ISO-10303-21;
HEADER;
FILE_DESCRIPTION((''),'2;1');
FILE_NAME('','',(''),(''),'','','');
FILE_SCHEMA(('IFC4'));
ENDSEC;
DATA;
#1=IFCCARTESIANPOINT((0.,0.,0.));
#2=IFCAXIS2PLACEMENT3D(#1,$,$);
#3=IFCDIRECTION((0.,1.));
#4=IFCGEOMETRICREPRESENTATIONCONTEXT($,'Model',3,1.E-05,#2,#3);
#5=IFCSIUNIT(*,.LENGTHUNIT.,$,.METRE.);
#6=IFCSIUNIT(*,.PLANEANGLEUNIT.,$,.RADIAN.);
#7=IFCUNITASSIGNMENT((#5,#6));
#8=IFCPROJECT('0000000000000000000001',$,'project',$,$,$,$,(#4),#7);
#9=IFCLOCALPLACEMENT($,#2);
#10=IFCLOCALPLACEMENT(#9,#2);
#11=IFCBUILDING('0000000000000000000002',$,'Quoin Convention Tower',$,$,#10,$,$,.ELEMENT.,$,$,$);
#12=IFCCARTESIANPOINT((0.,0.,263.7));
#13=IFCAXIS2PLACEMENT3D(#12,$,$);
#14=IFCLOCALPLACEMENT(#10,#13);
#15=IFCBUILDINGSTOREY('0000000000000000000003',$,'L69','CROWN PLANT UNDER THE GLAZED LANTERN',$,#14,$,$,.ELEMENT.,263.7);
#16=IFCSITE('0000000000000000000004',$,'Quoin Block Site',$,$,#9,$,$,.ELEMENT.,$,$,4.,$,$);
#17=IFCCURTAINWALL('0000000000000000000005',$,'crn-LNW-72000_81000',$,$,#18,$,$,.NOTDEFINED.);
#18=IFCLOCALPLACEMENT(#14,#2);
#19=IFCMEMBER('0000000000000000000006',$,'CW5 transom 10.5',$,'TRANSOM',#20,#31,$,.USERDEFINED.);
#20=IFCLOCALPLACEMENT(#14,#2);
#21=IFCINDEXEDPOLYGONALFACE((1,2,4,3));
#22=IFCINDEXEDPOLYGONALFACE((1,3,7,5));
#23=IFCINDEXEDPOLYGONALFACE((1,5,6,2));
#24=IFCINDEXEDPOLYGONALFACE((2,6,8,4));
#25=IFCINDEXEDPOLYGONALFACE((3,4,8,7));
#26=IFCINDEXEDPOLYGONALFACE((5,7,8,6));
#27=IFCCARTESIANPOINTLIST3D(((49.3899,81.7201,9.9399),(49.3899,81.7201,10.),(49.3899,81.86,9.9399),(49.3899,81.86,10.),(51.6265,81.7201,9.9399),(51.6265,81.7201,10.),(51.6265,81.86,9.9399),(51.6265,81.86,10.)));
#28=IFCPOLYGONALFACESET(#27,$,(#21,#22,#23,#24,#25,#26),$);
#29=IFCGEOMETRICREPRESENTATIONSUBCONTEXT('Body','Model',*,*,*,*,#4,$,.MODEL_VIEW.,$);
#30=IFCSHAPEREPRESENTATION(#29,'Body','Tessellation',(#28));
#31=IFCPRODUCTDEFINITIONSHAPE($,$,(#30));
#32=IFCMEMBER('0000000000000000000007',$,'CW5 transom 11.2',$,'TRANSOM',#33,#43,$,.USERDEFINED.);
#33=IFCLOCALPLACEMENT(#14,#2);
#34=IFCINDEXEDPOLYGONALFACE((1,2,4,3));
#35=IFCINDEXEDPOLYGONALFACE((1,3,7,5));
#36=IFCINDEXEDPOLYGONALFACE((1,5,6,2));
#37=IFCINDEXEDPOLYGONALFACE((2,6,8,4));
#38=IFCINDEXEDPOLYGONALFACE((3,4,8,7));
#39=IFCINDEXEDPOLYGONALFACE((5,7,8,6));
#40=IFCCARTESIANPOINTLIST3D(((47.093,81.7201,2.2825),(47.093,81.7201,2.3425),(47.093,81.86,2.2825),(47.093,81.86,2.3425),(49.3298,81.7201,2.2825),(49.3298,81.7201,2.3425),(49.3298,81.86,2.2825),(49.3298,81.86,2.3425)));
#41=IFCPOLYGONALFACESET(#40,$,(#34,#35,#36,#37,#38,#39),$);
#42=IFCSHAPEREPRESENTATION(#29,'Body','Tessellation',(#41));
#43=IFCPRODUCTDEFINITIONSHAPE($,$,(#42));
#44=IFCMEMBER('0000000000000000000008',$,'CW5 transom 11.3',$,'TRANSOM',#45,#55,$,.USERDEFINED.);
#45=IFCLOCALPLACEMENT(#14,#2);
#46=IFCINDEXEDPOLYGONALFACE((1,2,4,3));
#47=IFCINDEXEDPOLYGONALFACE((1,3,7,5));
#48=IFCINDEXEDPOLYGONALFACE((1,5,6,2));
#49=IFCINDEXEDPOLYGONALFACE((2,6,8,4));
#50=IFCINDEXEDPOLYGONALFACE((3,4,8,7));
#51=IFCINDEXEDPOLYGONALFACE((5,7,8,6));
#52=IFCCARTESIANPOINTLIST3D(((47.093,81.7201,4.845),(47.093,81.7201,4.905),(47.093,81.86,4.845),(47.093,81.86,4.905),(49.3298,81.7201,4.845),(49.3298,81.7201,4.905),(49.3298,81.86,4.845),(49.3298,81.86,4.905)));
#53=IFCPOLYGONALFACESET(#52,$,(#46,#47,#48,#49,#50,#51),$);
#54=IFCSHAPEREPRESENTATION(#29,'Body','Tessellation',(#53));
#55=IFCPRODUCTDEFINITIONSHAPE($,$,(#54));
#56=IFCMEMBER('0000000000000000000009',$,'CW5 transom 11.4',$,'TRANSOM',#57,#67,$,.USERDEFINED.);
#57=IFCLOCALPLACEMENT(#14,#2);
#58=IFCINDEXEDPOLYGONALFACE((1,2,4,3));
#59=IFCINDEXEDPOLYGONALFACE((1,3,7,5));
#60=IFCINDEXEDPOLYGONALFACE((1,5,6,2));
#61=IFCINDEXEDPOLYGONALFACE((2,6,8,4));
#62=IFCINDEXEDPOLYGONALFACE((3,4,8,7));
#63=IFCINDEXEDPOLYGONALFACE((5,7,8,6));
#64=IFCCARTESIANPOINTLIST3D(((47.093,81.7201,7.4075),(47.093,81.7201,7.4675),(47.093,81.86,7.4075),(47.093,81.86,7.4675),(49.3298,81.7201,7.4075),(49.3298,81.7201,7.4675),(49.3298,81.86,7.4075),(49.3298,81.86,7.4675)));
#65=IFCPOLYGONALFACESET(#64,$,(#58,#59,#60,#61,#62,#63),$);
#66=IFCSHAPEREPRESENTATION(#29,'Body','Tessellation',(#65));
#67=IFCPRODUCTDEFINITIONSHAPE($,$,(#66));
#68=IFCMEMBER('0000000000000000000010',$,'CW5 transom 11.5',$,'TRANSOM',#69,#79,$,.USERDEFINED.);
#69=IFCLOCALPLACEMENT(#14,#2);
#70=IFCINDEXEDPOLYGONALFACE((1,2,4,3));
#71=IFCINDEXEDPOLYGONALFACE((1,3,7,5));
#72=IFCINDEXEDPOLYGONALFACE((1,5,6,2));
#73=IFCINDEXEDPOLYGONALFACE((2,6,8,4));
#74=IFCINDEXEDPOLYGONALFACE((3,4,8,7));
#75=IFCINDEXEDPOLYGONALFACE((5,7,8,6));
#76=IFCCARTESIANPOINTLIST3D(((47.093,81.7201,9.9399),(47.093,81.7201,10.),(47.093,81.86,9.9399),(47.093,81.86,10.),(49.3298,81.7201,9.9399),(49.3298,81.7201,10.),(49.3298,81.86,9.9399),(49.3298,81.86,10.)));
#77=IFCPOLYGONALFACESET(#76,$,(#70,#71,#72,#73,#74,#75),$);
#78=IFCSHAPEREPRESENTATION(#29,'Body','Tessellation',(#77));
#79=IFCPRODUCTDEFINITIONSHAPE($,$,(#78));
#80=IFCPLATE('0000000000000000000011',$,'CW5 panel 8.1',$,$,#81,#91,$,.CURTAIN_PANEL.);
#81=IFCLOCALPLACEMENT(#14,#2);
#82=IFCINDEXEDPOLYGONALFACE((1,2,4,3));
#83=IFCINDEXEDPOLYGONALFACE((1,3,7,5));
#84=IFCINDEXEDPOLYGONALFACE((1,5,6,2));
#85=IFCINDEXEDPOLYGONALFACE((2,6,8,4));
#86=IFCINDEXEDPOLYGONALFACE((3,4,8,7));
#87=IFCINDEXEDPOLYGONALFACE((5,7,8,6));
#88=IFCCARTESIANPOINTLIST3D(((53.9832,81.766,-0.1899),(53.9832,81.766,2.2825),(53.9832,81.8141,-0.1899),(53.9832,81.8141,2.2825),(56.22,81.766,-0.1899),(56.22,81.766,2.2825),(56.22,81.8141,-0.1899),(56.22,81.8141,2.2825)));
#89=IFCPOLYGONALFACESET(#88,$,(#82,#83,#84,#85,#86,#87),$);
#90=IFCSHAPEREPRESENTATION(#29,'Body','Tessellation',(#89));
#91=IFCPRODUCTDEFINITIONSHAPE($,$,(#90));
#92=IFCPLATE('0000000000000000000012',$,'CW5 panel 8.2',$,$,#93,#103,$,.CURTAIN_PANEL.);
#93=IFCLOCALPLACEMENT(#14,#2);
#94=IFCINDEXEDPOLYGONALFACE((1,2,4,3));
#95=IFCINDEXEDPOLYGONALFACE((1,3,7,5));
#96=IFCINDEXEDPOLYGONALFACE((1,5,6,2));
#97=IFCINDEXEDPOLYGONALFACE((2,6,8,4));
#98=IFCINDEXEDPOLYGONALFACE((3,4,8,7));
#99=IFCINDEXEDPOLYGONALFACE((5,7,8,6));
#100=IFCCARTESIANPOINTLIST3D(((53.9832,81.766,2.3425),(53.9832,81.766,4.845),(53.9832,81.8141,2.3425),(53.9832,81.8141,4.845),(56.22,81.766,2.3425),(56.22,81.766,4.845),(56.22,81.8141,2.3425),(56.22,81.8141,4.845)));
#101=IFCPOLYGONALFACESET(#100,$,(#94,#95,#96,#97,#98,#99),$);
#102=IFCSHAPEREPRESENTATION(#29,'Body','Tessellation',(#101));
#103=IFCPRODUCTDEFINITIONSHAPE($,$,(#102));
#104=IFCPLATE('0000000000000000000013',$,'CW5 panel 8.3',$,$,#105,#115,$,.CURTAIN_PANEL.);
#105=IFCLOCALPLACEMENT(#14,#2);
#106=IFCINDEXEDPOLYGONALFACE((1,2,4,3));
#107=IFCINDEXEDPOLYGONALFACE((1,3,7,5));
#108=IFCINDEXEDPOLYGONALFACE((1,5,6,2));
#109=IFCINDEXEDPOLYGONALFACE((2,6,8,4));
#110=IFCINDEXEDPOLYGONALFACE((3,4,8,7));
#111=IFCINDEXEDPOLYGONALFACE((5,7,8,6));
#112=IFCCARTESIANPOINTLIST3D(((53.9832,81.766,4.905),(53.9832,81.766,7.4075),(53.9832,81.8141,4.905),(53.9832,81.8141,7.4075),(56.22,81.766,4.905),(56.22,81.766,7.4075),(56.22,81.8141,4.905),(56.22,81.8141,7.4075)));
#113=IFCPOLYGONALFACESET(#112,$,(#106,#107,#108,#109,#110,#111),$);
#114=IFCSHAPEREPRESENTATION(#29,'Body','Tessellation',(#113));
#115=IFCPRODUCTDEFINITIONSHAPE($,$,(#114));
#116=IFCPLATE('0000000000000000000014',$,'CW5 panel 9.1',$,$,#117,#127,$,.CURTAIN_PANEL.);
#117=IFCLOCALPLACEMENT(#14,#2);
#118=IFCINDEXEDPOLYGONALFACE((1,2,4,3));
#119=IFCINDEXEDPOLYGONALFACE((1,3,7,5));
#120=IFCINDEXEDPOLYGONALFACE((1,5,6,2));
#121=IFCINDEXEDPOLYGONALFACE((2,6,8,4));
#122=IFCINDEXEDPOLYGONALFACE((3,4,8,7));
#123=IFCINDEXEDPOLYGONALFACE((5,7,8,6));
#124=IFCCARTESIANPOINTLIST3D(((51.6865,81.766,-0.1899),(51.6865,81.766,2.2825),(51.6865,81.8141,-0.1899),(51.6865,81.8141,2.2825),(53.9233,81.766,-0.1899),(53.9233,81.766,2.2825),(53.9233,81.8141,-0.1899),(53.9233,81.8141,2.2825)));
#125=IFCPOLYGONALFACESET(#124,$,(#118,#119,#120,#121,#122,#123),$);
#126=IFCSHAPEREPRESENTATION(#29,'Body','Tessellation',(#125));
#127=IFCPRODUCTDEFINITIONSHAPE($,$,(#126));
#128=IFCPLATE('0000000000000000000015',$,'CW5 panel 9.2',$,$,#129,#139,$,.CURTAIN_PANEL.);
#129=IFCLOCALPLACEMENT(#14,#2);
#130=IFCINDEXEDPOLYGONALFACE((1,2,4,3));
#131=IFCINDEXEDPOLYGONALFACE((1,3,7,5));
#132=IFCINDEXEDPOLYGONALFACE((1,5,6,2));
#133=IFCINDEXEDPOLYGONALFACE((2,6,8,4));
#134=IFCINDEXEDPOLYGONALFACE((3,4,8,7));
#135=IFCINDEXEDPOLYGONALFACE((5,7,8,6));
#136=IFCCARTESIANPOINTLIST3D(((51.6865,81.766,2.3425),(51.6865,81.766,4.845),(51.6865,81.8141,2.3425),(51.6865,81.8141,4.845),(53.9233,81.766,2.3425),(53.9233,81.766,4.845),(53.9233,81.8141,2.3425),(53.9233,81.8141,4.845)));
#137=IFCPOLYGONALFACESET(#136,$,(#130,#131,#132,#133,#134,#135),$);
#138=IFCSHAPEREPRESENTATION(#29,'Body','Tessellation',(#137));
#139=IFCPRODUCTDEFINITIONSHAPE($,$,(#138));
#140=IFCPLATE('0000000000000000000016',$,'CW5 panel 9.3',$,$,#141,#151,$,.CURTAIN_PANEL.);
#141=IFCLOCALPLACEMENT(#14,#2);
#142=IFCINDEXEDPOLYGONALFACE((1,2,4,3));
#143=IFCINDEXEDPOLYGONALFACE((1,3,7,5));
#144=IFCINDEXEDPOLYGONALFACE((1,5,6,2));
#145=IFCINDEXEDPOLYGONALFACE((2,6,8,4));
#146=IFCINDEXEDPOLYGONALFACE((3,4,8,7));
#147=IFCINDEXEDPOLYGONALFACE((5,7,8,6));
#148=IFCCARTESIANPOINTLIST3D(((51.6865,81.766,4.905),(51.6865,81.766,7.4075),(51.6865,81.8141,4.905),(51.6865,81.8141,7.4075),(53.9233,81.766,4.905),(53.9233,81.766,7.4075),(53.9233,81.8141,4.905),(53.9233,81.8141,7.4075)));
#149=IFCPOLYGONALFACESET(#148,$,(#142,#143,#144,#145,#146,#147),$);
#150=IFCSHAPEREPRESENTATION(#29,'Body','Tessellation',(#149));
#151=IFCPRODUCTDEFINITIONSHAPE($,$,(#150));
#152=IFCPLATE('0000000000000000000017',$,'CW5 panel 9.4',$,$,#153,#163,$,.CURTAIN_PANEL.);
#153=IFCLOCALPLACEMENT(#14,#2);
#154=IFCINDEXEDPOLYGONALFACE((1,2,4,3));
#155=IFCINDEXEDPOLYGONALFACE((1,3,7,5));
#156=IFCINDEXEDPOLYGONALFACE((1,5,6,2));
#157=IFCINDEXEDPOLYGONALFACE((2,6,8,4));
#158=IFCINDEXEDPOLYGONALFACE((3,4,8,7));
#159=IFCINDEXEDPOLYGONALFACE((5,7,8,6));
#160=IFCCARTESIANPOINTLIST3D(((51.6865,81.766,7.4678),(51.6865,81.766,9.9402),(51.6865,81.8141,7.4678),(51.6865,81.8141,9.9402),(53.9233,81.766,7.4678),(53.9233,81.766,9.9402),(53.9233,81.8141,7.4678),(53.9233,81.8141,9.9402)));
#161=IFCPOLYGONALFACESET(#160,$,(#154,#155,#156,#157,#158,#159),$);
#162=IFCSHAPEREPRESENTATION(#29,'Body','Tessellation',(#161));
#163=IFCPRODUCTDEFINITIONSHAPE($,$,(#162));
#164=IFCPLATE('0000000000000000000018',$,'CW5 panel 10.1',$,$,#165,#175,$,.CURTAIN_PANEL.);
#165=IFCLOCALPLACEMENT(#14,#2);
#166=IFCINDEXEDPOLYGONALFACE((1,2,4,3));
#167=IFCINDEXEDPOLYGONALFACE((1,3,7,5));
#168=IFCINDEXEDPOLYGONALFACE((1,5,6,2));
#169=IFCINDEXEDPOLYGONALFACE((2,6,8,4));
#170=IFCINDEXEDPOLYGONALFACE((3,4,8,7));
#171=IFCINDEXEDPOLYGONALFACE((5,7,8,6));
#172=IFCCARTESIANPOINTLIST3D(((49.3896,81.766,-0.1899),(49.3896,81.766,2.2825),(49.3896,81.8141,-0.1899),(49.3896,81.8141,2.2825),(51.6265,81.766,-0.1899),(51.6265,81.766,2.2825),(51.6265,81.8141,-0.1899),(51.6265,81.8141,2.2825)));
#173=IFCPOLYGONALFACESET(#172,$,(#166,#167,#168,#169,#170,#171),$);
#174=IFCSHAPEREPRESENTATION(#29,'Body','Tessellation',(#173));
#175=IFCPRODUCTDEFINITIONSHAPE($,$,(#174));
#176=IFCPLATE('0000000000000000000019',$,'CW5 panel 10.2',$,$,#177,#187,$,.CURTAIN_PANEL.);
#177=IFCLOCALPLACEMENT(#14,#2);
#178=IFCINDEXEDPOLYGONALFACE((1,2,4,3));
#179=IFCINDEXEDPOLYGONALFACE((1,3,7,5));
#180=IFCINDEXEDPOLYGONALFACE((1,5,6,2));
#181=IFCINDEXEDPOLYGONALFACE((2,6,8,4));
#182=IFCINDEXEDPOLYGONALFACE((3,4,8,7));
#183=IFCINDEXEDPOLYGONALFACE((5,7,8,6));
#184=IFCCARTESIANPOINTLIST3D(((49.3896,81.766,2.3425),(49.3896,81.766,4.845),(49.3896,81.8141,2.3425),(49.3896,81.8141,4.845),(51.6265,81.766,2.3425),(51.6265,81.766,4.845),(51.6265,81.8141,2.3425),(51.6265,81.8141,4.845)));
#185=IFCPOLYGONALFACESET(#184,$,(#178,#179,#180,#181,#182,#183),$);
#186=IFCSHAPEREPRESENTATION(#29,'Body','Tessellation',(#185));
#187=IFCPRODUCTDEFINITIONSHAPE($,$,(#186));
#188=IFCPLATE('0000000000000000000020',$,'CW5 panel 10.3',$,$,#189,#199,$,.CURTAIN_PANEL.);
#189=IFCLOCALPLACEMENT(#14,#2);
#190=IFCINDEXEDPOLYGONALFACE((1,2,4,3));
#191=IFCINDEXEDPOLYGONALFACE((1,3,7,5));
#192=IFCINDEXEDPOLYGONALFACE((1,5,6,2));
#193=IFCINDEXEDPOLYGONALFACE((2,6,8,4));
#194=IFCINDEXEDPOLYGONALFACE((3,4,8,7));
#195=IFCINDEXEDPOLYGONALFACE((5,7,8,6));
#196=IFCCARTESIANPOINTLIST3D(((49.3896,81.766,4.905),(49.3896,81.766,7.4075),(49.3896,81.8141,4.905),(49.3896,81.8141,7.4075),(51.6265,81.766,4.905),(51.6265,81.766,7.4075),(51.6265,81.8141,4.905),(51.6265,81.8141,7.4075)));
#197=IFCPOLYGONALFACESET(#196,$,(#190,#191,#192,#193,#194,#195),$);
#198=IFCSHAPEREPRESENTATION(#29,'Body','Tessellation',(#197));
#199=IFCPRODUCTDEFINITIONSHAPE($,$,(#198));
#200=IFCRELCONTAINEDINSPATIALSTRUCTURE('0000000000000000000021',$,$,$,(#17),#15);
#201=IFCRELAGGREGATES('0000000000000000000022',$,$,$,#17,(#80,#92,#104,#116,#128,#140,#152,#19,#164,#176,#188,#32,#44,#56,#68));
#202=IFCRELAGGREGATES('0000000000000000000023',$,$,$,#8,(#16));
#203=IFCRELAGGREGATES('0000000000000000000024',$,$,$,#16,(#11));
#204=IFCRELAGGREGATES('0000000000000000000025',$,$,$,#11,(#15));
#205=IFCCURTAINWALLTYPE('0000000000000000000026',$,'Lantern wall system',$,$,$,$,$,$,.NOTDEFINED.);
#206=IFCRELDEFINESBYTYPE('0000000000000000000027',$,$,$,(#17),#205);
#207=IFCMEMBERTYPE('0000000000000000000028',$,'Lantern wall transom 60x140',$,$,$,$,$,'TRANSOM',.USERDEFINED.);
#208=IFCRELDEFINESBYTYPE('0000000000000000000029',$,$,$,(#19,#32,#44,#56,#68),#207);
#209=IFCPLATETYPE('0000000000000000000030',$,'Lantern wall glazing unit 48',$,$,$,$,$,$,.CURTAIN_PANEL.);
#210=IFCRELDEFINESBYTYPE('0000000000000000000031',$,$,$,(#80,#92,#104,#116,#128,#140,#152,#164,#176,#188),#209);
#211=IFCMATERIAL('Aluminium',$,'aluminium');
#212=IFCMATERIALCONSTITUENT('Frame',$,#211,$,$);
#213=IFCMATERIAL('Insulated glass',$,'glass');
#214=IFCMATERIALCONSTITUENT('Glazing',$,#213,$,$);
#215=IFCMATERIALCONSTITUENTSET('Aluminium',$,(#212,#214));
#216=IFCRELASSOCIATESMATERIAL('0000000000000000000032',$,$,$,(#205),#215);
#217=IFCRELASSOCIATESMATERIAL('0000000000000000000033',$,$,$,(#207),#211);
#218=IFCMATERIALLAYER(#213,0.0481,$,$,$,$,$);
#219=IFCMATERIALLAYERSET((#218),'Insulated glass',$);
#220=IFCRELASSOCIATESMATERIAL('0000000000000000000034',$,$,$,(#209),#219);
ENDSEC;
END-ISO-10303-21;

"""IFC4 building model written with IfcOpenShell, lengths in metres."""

from ifc_helpers import new_model, si_unit, direction, frame, origin, origin_2d, place, context, subcontext, project, spatial, rectangle, extrude, material, layer, layer_set, constituent, constituent_set, material_profile, profile_set, type_object, element, aggregate, save


model = new_model("IFC4")

# Units and contexts
model_context = context("Model", 3, precision=1e-05, world=origin(), true_north=direction((0.0, 1.0)))
body_context = subcontext(model_context, "Body", "Model", "MODEL_VIEW")
ifc_project = project(units=[si_unit("LENGTHUNIT", "METRE"), si_unit("PLANEANGLEUNIT", "RADIAN")], contexts=[model_context])

# Site, building, storey
site_placement = place(None, origin())
site = spatial("IfcSite", under=ifc_project, at=site_placement, Name="Quoin Block Site", CompositionType="ELEMENT", RefElevation=4.0)
building_placement = place(site_placement, origin())
building = spatial("IfcBuilding", under=site, at=building_placement, Name="Quoin Convention Tower", CompositionType="ELEMENT")
storey_placement = place(building_placement, frame((0.0, 0.0, 263.7)))
storey = spatial("IfcBuildingStorey", under=building, at=storey_placement, Name="L69", Description="CROWN PLANT UNDER THE GLAZED LANTERN", CompositionType="ELEMENT", Elevation=263.7)

# Curtain wall, members, plates
ifc_material_1 = material(Name="Aluminium", Category="aluminium")
ifc_constituent_1 = constituent(ifc_material_1, Name="Frame")
ifc_material_2 = material(Name="Insulated glass", Category="glass")
ifc_constituent_2 = constituent(ifc_material_2, Name="Glazing")
ifc_constituent_set = constituent_set(constituents=[ifc_constituent_1, ifc_constituent_2], Name="Aluminium")
curtain_wall_type = type_object("IfcCurtainWallType", Name="Lantern wall system", PredefinedType="NOTDEFINED", material=ifc_constituent_set)
curtain_wall_placement = place(storey_placement, origin())
curtain_wall = element("IfcCurtainWall", 1, at=curtain_wall_placement, inside=storey, type_object=curtain_wall_type, Name="crn-LNW-72000_81000", PredefinedType="NOTDEFINED")
ifc_material_profile_1 = material_profile(ifc_material_1, rectangle(XDim=0.1399, YDim=0.0601, at=origin_2d()), Name="Lantern wall transom 60x140")
ifc_profile_set_1 = profile_set([ifc_material_profile_1], Name="Aluminium")
member_type_1 = type_object("IfcMemberType", Name="Lantern wall transom 60x140", ElementType="TRANSOM", PredefinedType="USERDEFINED", material=ifc_profile_set_1)
member_1_placement = place(storey_placement, frame((51.6265, 81.79, 9.97), z_axis=(-1.0, 0.0, 0.0), x_axis=(0.0, -1.0, 0.0)))
member_1 = element("IfcMember", 2, at=member_1_placement, type_object=member_type_1, Name="CW5 transom 10.5", ObjectType="TRANSOM", PredefinedType="USERDEFINED", context=body_context, shape_type="SweptSolid", body=[
    extrude(rectangle(XDim=0.1399, YDim=0.0601, at=origin_2d()), origin(), (0.0, 0.0, 1.0), 2.2366),
])
member_2_placement = place(storey_placement, frame((49.3298, 81.79, 2.3125), z_axis=(-1.0, 0.0, 0.0), x_axis=(0.0, -1.0, 0.0)))
member_2 = element("IfcMember", 3, at=member_2_placement, type_object=member_type_1, Name="CW5 transom 11.2", ObjectType="TRANSOM", PredefinedType="USERDEFINED", context=body_context, shape_type="SweptSolid", body=[
    extrude(rectangle(XDim=0.1399, YDim=0.0601, at=origin_2d()), origin(), (0.0, 0.0, 1.0), 2.2368),
])
member_3_placement = place(storey_placement, frame((49.3298, 81.79, 4.875), z_axis=(-1.0, 0.0, 0.0), x_axis=(0.0, -1.0, 0.0)))
member_3 = element("IfcMember", 4, at=member_3_placement, type_object=member_type_1, Name="CW5 transom 11.3", ObjectType="TRANSOM", PredefinedType="USERDEFINED", context=body_context, shape_type="SweptSolid", body=[
    extrude(rectangle(XDim=0.1399, YDim=0.0601, at=origin_2d()), origin(), (0.0, 0.0, 1.0), 2.2368),
])
member_4_placement = place(storey_placement, frame((49.3298, 81.79, 7.4375), z_axis=(-1.0, 0.0, 0.0), x_axis=(0.0, -1.0, 0.0)))
member_4 = element("IfcMember", 5, at=member_4_placement, type_object=member_type_1, Name="CW5 transom 11.4", ObjectType="TRANSOM", PredefinedType="USERDEFINED", context=body_context, shape_type="SweptSolid", body=[
    extrude(rectangle(XDim=0.1399, YDim=0.0601, at=origin_2d()), origin(), (0.0, 0.0, 1.0), 2.2368),
])
member_5_placement = place(storey_placement, frame((49.3298, 81.79, 9.97), z_axis=(-1.0, 0.0, 0.0), x_axis=(0.0, -1.0, 0.0)))
member_5 = element("IfcMember", 6, at=member_5_placement, type_object=member_type_1, Name="CW5 transom 11.5", ObjectType="TRANSOM", PredefinedType="USERDEFINED", context=body_context, shape_type="SweptSolid", body=[
    extrude(rectangle(XDim=0.1399, YDim=0.0601, at=origin_2d()), origin(), (0.0, 0.0, 1.0), 2.2368),
])
ifc_layer = layer(ifc_material_2, 0.0481)
ifc_layer_set = layer_set([ifc_layer], Name="Insulated glass")
plate_type = type_object("IfcPlateType", Name="Lantern wall glazing unit 48", PredefinedType="CURTAIN_PANEL", material=ifc_layer_set)
plate_1_placement = place(storey_placement, frame((55.1016, 81.79, -0.1899), z_axis=(0.0, 0.0, 1.0), x_axis=(-1.0, 0.0, 0.0)))
plate_1 = element("IfcPlate", 7, at=plate_1_placement, type_object=plate_type, Name="CW5 panel 8.1", PredefinedType="CURTAIN_PANEL", context=body_context, shape_type="SweptSolid", body=[
    extrude(rectangle(XDim=2.2368, YDim=0.0481, at=origin_2d()), origin(), (0.0, 0.0, 1.0), 2.4724),
])
plate_2_placement = place(storey_placement, frame((55.1016, 81.79, 2.3425), z_axis=(0.0, 0.0, 1.0), x_axis=(-1.0, 0.0, 0.0)))
plate_2 = element("IfcPlate", 8, at=plate_2_placement, type_object=plate_type, Name="CW5 panel 8.2", PredefinedType="CURTAIN_PANEL", context=body_context, shape_type="SweptSolid", body=[
    extrude(rectangle(XDim=2.2368, YDim=0.0481, at=origin_2d()), origin(), (0.0, 0.0, 1.0), 2.5024),
])
plate_3_placement = place(storey_placement, frame((55.1016, 81.79, 4.905), z_axis=(0.0, 0.0, 1.0), x_axis=(-1.0, 0.0, 0.0)))
plate_3 = element("IfcPlate", 9, at=plate_3_placement, type_object=plate_type, Name="CW5 panel 8.3", PredefinedType="CURTAIN_PANEL", context=body_context, shape_type="SweptSolid", body=[
    extrude(rectangle(XDim=2.2368, YDim=0.0481, at=origin_2d()), origin(), (0.0, 0.0, 1.0), 2.5024),
])
plate_4_placement = place(storey_placement, frame((52.8049, 81.79, -0.1899), z_axis=(0.0, 0.0, 1.0), x_axis=(-1.0, 0.0, 0.0)))
plate_4 = element("IfcPlate", 10, at=plate_4_placement, type_object=plate_type, Name="CW5 panel 9.1", PredefinedType="CURTAIN_PANEL", context=body_context, shape_type="SweptSolid", body=[
    extrude(rectangle(XDim=2.2368, YDim=0.0481, at=origin_2d()), origin(), (0.0, 0.0, 1.0), 2.4724),
])
plate_5_placement = place(storey_placement, frame((52.8049, 81.79, 2.3425), z_axis=(0.0, 0.0, 1.0), x_axis=(-1.0, 0.0, 0.0)))
plate_5 = element("IfcPlate", 11, at=plate_5_placement, type_object=plate_type, Name="CW5 panel 9.2", PredefinedType="CURTAIN_PANEL", context=body_context, shape_type="SweptSolid", body=[
    extrude(rectangle(XDim=2.2368, YDim=0.0481, at=origin_2d()), origin(), (0.0, 0.0, 1.0), 2.5024),
])
plate_6_placement = place(storey_placement, frame((52.8049, 81.79, 4.905), z_axis=(0.0, 0.0, 1.0), x_axis=(-1.0, 0.0, 0.0)))
plate_6 = element("IfcPlate", 12, at=plate_6_placement, type_object=plate_type, Name="CW5 panel 9.3", PredefinedType="CURTAIN_PANEL", context=body_context, shape_type="SweptSolid", body=[
    extrude(rectangle(XDim=2.2368, YDim=0.0481, at=origin_2d()), origin(), (0.0, 0.0, 1.0), 2.5024),
])
plate_7_placement = place(storey_placement, frame((52.8049, 81.79, 7.4678), z_axis=(0.0, 0.0, 1.0), x_axis=(-1.0, 0.0, 0.0)))
plate_7 = element("IfcPlate", 13, at=plate_7_placement, type_object=plate_type, Name="CW5 panel 9.4", PredefinedType="CURTAIN_PANEL", context=body_context, shape_type="SweptSolid", body=[
    extrude(rectangle(XDim=2.2368, YDim=0.0481, at=origin_2d()), origin(), (0.0, 0.0, 1.0), 2.4724),
])
plate_8_placement = place(storey_placement, frame((50.5081, 81.79, -0.1899), z_axis=(0.0, 0.0, 1.0), x_axis=(-1.0, 0.0, 0.0)))
plate_8 = element("IfcPlate", 14, at=plate_8_placement, type_object=plate_type, Name="CW5 panel 10.1", PredefinedType="CURTAIN_PANEL", context=body_context, shape_type="SweptSolid", body=[
    extrude(rectangle(XDim=2.2368, YDim=0.0481, at=origin_2d()), origin(), (0.0, 0.0, 1.0), 2.4724),
])
plate_9_placement = place(storey_placement, frame((50.5081, 81.79, 2.3425), z_axis=(0.0, 0.0, 1.0), x_axis=(-1.0, 0.0, 0.0)))
plate_9 = element("IfcPlate", 15, at=plate_9_placement, type_object=plate_type, Name="CW5 panel 10.2", PredefinedType="CURTAIN_PANEL", context=body_context, shape_type="SweptSolid", body=[
    extrude(rectangle(XDim=2.2368, YDim=0.0481, at=origin_2d()), origin(), (0.0, 0.0, 1.0), 2.5024),
])
plate_10_placement = place(storey_placement, frame((50.5081, 81.79, 4.905), z_axis=(0.0, 0.0, 1.0), x_axis=(-1.0, 0.0, 0.0)))
plate_10 = element("IfcPlate", 16, at=plate_10_placement, type_object=plate_type, Name="CW5 panel 10.3", PredefinedType="CURTAIN_PANEL", context=body_context, shape_type="SweptSolid", body=[
    extrude(rectangle(XDim=2.2368, YDim=0.0481, at=origin_2d()), origin(), (0.0, 0.0, 1.0), 2.5024),
])
aggregate(curtain_wall, [plate_1, plate_2, plate_3, plate_4, plate_5, plate_6, plate_7, member_1, plate_8, plate_9, plate_10, member_2, member_3, member_4, member_5])

save(model, "model.ifc")
